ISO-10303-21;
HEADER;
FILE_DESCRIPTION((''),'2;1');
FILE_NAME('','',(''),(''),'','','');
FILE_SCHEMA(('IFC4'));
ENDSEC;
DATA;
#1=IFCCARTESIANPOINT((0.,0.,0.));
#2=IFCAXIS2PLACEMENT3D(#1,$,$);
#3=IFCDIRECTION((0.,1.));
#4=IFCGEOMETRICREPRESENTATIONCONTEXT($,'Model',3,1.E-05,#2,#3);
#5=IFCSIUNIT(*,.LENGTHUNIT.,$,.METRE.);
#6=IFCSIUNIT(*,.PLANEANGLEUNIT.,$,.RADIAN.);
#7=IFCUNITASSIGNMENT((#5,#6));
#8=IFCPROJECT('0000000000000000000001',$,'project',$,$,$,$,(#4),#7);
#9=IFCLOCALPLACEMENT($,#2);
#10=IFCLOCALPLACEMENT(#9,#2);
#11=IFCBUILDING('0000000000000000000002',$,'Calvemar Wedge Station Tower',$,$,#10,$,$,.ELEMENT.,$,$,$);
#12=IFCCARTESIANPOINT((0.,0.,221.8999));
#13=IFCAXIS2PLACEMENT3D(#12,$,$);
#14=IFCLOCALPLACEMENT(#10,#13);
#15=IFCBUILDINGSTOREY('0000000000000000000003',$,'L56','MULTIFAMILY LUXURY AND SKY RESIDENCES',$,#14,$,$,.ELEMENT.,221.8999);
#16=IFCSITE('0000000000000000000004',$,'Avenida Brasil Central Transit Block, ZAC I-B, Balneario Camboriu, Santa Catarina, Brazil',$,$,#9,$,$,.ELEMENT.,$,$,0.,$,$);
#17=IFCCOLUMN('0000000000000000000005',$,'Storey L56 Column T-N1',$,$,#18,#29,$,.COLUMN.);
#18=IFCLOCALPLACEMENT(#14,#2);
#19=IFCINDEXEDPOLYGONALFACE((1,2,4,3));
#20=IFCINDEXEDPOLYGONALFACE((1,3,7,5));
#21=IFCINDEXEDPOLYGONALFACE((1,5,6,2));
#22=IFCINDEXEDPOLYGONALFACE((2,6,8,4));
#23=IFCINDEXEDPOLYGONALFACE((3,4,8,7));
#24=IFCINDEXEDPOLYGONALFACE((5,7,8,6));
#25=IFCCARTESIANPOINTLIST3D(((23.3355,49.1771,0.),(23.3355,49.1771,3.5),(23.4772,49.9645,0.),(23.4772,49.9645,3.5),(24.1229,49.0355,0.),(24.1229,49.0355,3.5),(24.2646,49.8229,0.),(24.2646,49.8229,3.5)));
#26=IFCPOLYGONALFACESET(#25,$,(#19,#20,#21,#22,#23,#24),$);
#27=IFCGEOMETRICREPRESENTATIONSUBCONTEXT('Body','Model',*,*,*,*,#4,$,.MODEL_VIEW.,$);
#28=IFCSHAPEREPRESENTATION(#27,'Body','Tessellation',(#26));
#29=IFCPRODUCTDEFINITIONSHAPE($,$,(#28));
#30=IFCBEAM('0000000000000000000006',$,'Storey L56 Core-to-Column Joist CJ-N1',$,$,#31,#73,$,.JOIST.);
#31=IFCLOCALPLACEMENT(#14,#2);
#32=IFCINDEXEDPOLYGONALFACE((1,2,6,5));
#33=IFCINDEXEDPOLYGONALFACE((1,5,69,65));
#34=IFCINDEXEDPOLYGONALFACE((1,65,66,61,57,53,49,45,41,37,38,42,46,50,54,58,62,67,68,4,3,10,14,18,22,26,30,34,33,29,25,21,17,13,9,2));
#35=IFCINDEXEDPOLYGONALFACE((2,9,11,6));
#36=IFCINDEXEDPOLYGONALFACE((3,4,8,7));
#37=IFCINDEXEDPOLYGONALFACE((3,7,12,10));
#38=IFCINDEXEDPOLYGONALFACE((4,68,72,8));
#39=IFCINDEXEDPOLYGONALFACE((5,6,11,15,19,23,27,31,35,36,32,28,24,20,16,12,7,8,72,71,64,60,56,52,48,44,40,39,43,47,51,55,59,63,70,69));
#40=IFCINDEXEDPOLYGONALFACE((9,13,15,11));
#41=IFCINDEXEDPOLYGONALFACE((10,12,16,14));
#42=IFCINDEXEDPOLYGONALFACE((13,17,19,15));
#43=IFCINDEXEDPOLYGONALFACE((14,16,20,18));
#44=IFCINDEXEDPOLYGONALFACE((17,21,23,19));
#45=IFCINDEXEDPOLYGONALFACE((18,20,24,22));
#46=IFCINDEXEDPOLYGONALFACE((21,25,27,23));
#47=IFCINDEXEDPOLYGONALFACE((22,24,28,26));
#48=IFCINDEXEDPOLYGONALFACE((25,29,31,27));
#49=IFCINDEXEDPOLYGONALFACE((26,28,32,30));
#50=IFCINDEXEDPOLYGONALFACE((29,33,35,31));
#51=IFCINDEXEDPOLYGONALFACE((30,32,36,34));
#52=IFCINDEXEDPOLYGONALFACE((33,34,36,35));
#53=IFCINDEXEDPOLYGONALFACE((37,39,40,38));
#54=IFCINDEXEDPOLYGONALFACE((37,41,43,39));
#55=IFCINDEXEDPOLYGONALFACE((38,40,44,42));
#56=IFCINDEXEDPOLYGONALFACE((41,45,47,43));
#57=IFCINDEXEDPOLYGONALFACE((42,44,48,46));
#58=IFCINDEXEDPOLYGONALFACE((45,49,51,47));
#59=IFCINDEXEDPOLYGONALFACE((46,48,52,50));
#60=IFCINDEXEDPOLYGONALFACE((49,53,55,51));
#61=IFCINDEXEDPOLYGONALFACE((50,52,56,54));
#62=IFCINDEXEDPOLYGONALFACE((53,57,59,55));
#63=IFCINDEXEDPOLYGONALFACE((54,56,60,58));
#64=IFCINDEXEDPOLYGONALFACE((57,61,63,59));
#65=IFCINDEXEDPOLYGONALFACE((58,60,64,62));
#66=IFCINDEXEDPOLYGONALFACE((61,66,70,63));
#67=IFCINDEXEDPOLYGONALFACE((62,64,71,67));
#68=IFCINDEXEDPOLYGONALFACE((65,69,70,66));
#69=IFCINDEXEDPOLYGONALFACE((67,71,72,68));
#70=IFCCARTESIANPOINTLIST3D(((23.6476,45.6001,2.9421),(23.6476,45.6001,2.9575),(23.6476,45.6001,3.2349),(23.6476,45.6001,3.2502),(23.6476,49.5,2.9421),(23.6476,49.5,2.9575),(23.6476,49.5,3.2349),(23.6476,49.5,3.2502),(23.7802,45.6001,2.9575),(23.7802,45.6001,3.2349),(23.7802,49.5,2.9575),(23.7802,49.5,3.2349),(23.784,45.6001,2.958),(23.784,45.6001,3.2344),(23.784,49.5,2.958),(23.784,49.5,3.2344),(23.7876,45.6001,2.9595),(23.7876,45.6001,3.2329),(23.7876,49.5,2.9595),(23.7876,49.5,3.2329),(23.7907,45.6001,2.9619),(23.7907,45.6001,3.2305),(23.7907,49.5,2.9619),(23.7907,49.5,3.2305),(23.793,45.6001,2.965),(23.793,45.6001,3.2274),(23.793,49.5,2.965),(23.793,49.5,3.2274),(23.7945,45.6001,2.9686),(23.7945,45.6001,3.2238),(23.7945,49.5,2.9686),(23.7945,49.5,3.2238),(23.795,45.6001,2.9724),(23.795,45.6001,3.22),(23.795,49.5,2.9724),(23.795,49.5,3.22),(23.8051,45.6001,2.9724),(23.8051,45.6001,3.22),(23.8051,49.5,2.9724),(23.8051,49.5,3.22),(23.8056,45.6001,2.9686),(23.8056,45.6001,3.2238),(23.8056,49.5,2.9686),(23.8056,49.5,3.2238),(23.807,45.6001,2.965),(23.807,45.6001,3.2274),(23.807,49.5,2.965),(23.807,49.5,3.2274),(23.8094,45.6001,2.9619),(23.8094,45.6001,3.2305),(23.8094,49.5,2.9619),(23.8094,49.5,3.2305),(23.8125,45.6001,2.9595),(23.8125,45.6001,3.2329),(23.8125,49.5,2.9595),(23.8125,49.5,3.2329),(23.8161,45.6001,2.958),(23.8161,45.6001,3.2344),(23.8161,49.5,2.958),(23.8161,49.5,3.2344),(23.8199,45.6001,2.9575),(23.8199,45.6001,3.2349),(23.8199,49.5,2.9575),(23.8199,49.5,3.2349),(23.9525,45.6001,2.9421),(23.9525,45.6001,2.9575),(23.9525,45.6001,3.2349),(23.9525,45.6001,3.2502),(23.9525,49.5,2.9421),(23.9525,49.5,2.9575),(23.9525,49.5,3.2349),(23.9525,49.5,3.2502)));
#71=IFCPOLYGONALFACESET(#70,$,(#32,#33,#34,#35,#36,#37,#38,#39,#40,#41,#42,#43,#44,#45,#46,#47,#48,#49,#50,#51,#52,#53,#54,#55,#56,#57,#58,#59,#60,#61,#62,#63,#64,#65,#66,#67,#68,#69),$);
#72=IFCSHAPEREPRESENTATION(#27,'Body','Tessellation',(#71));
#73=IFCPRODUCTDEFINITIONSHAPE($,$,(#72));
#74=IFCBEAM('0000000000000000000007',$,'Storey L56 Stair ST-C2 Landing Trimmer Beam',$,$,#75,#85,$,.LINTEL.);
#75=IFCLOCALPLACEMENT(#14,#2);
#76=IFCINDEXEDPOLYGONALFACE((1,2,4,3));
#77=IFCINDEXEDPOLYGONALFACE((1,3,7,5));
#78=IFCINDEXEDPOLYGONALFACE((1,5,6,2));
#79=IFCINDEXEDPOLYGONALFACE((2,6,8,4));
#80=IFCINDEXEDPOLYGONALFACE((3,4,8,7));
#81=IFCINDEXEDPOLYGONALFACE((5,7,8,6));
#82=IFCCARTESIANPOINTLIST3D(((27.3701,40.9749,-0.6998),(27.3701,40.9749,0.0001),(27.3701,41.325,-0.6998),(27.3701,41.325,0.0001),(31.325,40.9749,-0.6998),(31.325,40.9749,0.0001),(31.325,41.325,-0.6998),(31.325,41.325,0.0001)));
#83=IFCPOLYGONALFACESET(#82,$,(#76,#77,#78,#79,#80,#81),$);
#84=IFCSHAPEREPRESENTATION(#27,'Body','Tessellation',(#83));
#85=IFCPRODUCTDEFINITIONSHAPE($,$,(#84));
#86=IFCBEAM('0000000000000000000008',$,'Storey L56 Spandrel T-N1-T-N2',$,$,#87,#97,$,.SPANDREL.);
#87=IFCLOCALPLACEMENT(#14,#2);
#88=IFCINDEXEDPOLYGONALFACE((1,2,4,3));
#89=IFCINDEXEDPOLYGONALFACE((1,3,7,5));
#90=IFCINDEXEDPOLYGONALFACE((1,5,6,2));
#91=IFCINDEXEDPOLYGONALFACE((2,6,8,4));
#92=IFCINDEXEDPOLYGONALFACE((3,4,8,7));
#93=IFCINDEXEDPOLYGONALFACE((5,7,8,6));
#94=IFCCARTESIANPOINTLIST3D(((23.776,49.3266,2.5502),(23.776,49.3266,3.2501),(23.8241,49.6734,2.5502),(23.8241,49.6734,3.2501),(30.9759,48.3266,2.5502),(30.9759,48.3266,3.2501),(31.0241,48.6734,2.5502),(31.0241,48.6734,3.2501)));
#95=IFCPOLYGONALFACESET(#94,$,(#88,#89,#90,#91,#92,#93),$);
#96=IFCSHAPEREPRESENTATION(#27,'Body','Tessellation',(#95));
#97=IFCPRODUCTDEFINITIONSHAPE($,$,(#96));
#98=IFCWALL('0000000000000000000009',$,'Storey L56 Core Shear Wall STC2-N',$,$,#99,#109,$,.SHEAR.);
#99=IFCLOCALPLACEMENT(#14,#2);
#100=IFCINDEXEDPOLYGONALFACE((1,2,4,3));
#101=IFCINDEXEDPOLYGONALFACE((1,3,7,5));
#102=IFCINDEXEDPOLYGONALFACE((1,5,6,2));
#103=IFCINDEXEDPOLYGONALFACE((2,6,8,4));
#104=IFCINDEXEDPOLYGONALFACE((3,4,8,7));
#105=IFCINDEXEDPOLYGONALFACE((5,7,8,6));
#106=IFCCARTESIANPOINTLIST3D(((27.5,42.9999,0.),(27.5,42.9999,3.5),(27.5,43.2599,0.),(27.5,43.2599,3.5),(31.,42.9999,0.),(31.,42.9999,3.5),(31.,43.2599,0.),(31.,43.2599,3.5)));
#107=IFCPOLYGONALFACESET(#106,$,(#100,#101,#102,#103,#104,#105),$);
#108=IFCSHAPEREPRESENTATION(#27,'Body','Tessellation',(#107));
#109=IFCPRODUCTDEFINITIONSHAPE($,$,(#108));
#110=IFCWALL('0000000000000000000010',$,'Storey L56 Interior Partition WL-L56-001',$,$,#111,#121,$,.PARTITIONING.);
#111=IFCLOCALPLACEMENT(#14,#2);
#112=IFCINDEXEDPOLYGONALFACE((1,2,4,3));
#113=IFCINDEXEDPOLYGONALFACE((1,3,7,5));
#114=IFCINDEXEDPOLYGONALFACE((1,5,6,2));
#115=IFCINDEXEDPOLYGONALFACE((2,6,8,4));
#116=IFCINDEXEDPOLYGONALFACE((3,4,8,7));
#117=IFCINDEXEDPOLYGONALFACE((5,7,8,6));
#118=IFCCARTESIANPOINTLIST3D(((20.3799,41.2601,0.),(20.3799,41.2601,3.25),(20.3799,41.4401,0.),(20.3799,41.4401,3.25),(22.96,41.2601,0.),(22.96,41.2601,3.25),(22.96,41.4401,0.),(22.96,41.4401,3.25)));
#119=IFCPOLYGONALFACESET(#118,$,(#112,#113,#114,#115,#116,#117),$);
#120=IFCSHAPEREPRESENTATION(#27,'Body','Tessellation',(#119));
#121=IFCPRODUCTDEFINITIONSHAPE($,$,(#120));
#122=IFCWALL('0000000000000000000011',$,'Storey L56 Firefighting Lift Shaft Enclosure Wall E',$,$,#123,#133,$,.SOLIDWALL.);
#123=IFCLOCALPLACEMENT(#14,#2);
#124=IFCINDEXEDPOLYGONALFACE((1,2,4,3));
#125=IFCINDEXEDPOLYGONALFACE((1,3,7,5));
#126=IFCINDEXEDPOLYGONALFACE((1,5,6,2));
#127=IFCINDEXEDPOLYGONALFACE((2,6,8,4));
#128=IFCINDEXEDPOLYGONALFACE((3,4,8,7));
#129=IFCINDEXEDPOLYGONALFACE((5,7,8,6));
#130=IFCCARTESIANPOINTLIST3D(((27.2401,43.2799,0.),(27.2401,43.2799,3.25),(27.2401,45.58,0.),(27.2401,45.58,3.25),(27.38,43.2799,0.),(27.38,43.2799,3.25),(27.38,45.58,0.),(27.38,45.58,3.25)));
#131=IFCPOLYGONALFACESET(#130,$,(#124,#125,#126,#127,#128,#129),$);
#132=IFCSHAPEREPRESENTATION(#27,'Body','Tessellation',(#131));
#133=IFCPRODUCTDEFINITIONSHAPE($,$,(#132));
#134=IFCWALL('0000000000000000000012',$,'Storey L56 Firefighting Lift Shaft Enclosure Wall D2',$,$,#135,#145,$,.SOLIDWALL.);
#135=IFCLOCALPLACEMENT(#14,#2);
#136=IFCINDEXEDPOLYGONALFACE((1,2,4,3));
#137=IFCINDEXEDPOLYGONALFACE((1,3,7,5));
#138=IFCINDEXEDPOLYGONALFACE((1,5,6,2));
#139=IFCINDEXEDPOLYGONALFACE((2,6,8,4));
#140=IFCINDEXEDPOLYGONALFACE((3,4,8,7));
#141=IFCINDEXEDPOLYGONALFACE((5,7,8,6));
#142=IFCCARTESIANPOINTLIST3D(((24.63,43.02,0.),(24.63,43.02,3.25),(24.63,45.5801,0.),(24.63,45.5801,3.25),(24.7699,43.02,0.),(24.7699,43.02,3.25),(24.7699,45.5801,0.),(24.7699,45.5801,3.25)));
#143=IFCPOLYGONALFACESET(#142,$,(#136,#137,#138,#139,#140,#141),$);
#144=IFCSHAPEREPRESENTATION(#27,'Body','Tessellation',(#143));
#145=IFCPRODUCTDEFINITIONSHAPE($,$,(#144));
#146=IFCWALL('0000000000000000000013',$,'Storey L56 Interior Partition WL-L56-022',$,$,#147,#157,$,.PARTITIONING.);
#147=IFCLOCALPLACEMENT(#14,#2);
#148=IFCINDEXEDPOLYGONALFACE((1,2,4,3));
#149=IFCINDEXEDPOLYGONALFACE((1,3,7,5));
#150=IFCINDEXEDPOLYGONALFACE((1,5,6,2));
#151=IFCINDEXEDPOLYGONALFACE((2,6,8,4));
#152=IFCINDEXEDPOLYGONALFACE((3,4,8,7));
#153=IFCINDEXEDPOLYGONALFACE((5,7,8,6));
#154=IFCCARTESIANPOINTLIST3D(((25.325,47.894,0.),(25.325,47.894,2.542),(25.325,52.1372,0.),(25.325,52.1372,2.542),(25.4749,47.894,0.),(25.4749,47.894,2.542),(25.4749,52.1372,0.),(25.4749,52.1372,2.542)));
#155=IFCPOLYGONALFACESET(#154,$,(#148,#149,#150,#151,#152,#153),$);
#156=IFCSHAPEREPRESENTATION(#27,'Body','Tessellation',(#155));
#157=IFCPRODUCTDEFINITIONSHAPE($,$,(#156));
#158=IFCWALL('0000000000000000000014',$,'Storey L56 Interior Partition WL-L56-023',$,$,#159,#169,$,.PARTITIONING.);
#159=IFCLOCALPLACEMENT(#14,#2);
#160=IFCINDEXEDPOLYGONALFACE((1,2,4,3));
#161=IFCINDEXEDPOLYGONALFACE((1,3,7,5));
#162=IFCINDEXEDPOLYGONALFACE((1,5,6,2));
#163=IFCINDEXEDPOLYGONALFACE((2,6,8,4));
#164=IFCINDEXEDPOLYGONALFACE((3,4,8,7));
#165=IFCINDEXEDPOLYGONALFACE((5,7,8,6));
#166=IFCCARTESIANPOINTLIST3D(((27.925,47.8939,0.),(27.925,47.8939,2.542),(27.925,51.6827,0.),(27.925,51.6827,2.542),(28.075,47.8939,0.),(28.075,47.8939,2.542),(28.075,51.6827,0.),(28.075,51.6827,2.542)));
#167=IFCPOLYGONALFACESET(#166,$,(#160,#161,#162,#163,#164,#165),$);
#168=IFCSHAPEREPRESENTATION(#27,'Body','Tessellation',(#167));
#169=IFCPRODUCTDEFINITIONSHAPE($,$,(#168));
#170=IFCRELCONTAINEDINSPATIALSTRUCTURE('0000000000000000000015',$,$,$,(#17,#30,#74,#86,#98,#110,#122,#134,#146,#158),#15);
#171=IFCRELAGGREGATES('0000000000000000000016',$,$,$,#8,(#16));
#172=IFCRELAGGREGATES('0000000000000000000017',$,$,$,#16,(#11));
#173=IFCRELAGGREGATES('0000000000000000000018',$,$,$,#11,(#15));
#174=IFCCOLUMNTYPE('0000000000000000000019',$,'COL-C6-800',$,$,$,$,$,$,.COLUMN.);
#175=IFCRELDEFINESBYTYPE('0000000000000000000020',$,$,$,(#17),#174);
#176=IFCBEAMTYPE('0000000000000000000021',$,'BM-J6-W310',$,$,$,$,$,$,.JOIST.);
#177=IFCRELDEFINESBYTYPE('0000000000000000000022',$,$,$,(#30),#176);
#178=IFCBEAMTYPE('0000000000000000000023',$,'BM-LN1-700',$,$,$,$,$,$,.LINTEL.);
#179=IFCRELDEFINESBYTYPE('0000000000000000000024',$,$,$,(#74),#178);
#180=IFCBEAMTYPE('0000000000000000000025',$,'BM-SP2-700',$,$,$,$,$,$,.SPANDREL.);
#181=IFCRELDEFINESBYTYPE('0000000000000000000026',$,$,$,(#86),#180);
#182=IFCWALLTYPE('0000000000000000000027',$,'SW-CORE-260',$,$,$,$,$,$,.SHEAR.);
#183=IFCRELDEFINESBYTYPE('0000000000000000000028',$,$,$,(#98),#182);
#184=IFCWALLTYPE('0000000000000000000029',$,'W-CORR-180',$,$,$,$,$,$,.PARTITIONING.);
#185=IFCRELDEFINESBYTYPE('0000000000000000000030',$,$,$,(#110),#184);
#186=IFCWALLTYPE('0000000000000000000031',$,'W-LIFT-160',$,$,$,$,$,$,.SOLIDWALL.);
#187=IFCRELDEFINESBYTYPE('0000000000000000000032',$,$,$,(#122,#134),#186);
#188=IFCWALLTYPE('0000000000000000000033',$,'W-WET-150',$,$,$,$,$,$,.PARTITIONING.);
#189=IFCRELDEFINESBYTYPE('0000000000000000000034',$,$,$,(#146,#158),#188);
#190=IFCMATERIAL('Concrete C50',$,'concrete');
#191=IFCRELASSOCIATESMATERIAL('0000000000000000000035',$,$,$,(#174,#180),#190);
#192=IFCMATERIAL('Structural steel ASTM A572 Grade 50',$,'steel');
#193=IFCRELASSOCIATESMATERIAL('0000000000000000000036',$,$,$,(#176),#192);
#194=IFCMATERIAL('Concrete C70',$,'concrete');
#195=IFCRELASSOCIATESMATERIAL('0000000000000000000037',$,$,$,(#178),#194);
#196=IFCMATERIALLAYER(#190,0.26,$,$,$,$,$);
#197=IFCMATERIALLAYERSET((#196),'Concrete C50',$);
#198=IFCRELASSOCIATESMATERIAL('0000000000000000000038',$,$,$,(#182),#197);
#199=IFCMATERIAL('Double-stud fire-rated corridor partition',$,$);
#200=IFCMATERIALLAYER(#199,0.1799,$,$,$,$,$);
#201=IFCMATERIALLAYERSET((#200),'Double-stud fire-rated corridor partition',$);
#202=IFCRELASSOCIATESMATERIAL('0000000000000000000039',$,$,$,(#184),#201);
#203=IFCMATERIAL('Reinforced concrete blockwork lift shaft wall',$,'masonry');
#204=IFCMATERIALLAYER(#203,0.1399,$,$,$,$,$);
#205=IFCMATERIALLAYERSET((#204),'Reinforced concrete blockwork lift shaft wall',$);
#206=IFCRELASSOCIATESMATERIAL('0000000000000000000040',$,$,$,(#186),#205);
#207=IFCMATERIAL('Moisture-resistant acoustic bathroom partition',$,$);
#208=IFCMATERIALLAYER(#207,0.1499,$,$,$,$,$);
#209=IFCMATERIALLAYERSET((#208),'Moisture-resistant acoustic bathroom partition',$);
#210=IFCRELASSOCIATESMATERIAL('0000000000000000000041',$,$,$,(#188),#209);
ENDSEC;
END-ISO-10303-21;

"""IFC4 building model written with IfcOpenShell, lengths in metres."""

from ifc_helpers import new_model, si_unit, direction, frame, frame_2d, origin, origin_2d, place, context, subcontext, project, spatial, rectangle, i_section, extrude, source, transform, mapped, material, layer, layer_set, material_profile, profile_set, type_object, element, save


model = new_model("IFC4")

# Units and contexts
model_context = context("Model", 3, precision=1e-05, world=origin(), true_north=direction((0.0, 1.0)))
body_context = subcontext(model_context, "Body", "Model", "MODEL_VIEW")
ifc_project = project(units=[si_unit("LENGTHUNIT", "METRE"), si_unit("PLANEANGLEUNIT", "RADIAN")], contexts=[model_context])

# Site, building, storey
site_placement = place(None, origin())
site = spatial("IfcSite", under=ifc_project, at=site_placement, Name="Avenida Brasil Central Transit Block, ZAC I-B, Balneario Camboriu, Santa Catarina, Brazil", CompositionType="ELEMENT", RefElevation=0.0)
building_placement = place(site_placement, origin())
building = spatial("IfcBuilding", under=site, at=building_placement, Name="Calvemar Wedge Station Tower", CompositionType="ELEMENT")
storey_placement = place(building_placement, frame((0.0, 0.0, 221.8999)))
storey = spatial("IfcBuildingStorey", under=building, at=storey_placement, Name="L56", Description="MULTIFAMILY LUXURY AND SKY RESIDENCES", CompositionType="ELEMENT", Elevation=221.8999)

# Column
ifc_material_1 = material(Name="Concrete C50", Category="concrete")
ifc_material_profile_1 = material_profile(ifc_material_1, rectangle(XDim=0.8, YDim=0.8, at=origin_2d()), Name="RC800x800")
ifc_profile_set_1 = profile_set([ifc_material_profile_1], Name="Concrete C50")
column_type = type_object("IfcColumnType", Name="COL-C6-800", PredefinedType="COLUMN", material=ifc_profile_set_1)
shared_shape_1 = source(origin(), body_context, "Body", "SweptSolid", [
    extrude(rectangle(XDim=0.8, YDim=0.8, at=origin_2d()), origin(), (0.0, 0.0, 1.0), 3.5),
])
column_placement = place(storey_placement, frame((23.8, 49.5, 0.0), z_axis=(0.0, 0.0, 1.0), x_axis=(0.984196, -0.177085, 0.0)))
element("IfcColumn", 1, at=column_placement, inside=storey, type_object=column_type, Name="Storey L56 Column T-N1", PredefinedType="COLUMN", context=body_context, shape_type="MappedRepresentation", body=[
    mapped(shared_shape_1, transform((0.0, 0.0, 0.0), scale=1.0)),
])

# Beams
ifc_material_2 = material(Name="Structural steel ASTM A572 Grade 50", Category="steel")
ifc_material_profile_2 = material_profile(ifc_material_2, i_section(OverallWidth=0.3049, OverallDepth=0.3081, WebThickness=0.01, FlangeThickness=0.0154, FilletRadius=0.0149, at=origin_2d()), Name="W310x97")
ifc_profile_set_2 = profile_set([ifc_material_profile_2], Name="Structural steel ASTM A572 Grade 50")
beam_type_1 = type_object("IfcBeamType", Name="BM-J6-W310", PredefinedType="JOIST", material=ifc_profile_set_2)
shared_shape_2 = source(origin(), body_context, "Body", "SweptSolid", [
    extrude(i_section(OverallWidth=0.3049, OverallDepth=0.3081, WebThickness=0.01, FlangeThickness=0.0154, FilletRadius=0.0149, at=origin_2d()), origin(), (0.0, 0.0, 1.0), 3.8999),
])
beam_1_placement = place(storey_placement, frame((23.8, 45.6001, 3.0962), z_axis=(0.0, 1.0, 0.0), x_axis=(-1.0, 0.0, 0.0)))
element("IfcBeam", 2, at=beam_1_placement, inside=storey, type_object=beam_type_1, Name="Storey L56 Core-to-Column Joist CJ-N1", PredefinedType="JOIST", context=body_context, shape_type="MappedRepresentation", body=[
    mapped(shared_shape_2, transform((0.0, 0.0, 0.0), scale=1.0)),
])
ifc_material_3 = material(Name="Concrete C70", Category="concrete")
ifc_material_profile_3 = material_profile(ifc_material_3, rectangle(XDim=0.3501, YDim=0.7, at=origin_2d()), Name="RC350x700")
ifc_profile_set_3 = profile_set([ifc_material_profile_3], Name="Concrete C70")
beam_type_2 = type_object("IfcBeamType", Name="BM-LN1-700", PredefinedType="LINTEL", material=ifc_profile_set_3)
shared_shape_3 = source(origin(), body_context, "Body", "SweptSolid", [
    extrude(rectangle(XDim=0.3501, YDim=0.7, at=origin_2d()), origin(), (0.0, 0.0, 1.0), 3.9548),
])
beam_2_placement = place(storey_placement, frame((27.3701, 41.1499, -0.3499), z_axis=(1.0, 0.0, 0.0), x_axis=(0.0, 1.0, 0.0)))
element("IfcBeam", 3, at=beam_2_placement, inside=storey, type_object=beam_type_2, Name="Storey L56 Stair ST-C2 Landing Trimmer Beam", PredefinedType="LINTEL", context=body_context, shape_type="MappedRepresentation", body=[
    mapped(shared_shape_3, transform((0.0, 0.0, 0.0), scale=1.0)),
])
ifc_material_profile_4 = material_profile(ifc_material_1, rectangle(XDim=0.3501, YDim=0.7, at=origin_2d()), Name="RC350x700")
ifc_profile_set_4 = profile_set([ifc_material_profile_4], Name="Concrete C50")
beam_type_3 = type_object("IfcBeamType", Name="BM-SP2-700", PredefinedType="SPANDREL", material=ifc_profile_set_4)
shared_shape_4 = source(origin(), body_context, "Body", "SweptSolid", [
    extrude(rectangle(XDim=0.3501, YDim=0.7, at=origin_2d()), origin(), (0.0, 0.0, 1.0), 7.269),
])
beam_3_placement = place(storey_placement, frame((23.8, 49.5, 2.9001), z_axis=(0.990492, -0.137569, 0.0), x_axis=(0.137569, 0.990492, 0.0)))
element("IfcBeam", 4, at=beam_3_placement, inside=storey, type_object=beam_type_3, Name="Storey L56 Spandrel T-N1-T-N2", PredefinedType="SPANDREL", context=body_context, shape_type="MappedRepresentation", body=[
    mapped(shared_shape_4, transform((0.0, 0.0, 0.0), scale=1.0)),
])

# Walls
ifc_layer_1 = layer(ifc_material_1, 0.26)
ifc_layer_set_1 = layer_set([ifc_layer_1], Name="Concrete C50")
wall_type_1 = type_object("IfcWallType", Name="SW-CORE-260", PredefinedType="SHEAR", material=ifc_layer_set_1)
wall_1_placement = place(storey_placement, frame((27.5, 43.1299, 0.0), z_axis=(0.0, 0.0, 1.0), x_axis=(1.0, 0.0, 0.0)))
element("IfcWall", 5, at=wall_1_placement, inside=storey, type_object=wall_type_1, Name="Storey L56 Core Shear Wall STC2-N", PredefinedType="SHEAR", context=body_context, shape_type="SweptSolid", body=[
    extrude(rectangle(XDim=3.5, YDim=0.26, at=frame_2d((1.75, 0.0))), origin(), (0.0, 0.0, 1.0), 3.5),
])
ifc_material_4 = material(Name="Double-stud fire-rated corridor partition")
ifc_layer_2 = layer(ifc_material_4, 0.1799)
ifc_layer_set_2 = layer_set([ifc_layer_2], Name="Double-stud fire-rated corridor partition")
wall_type_2 = type_object("IfcWallType", Name="W-CORR-180", PredefinedType="PARTITIONING", material=ifc_layer_set_2)
wall_2_placement = place(storey_placement, frame((22.96, 41.3501, 0.0), z_axis=(0.0, 0.0, 1.0), x_axis=(-1.0, 0.0, 0.0)))
element("IfcWall", 6, at=wall_2_placement, inside=storey, type_object=wall_type_2, Name="Storey L56 Interior Partition WL-L56-001", PredefinedType="PARTITIONING", context=body_context, shape_type="SweptSolid", body=[
    extrude(rectangle(XDim=2.5801, YDim=0.1799, at=frame_2d((1.29, 0.0))), origin(), (0.0, 0.0, 1.0), 3.25),
])

# Walls
ifc_material_5 = material(Name="Reinforced concrete blockwork lift shaft wall", Category="masonry")
ifc_layer_3 = layer(ifc_material_5, 0.1399)
ifc_layer_set_3 = layer_set([ifc_layer_3], Name="Reinforced concrete blockwork lift shaft wall")
wall_type_3 = type_object("IfcWallType", Name="W-LIFT-160", PredefinedType="SOLIDWALL", material=ifc_layer_set_3)
wall_3_placement = place(storey_placement, frame((27.3101, 43.28, 0.0), z_axis=(0.0, 0.0, 1.0), x_axis=(0.0, 1.0, 0.0)))
element("IfcWall", 7, at=wall_3_placement, inside=storey, type_object=wall_type_3, Name="Storey L56 Firefighting Lift Shaft Enclosure Wall E", PredefinedType="SOLIDWALL", context=body_context, shape_type="SweptSolid", body=[
    extrude(rectangle(XDim=2.3, YDim=0.1399, at=frame_2d((1.1499, 0.0))), origin(), (0.0, 0.0, 1.0), 3.25),
])
wall_4_placement = place(storey_placement, frame((24.7, 43.02, 0.0), z_axis=(0.0, 0.0, 1.0), x_axis=(0.0, 1.0, 0.0)))
element("IfcWall", 8, at=wall_4_placement, inside=storey, type_object=wall_type_3, Name="Storey L56 Firefighting Lift Shaft Enclosure Wall D2", PredefinedType="SOLIDWALL", context=body_context, shape_type="SweptSolid", body=[
    extrude(rectangle(XDim=2.5601, YDim=0.1399, at=frame_2d((1.28, 0.0))), origin(), (0.0, 0.0, 1.0), 3.25),
])
ifc_material_6 = material(Name="Moisture-resistant acoustic bathroom partition")
ifc_layer_4 = layer(ifc_material_6, 0.1499)
ifc_layer_set_4 = layer_set([ifc_layer_4], Name="Moisture-resistant acoustic bathroom partition")
wall_type_4 = type_object("IfcWallType", Name="W-WET-150", PredefinedType="PARTITIONING", material=ifc_layer_set_4)
wall_5_placement = place(storey_placement, frame((25.3999, 52.1372, 0.0), z_axis=(0.0, 0.0, 1.0), x_axis=(0.0, -1.0, 0.0)))
element("IfcWall", 9, at=wall_5_placement, inside=storey, type_object=wall_type_4, Name="Storey L56 Interior Partition WL-L56-022", PredefinedType="PARTITIONING", context=body_context, shape_type="SweptSolid", body=[
    extrude(rectangle(XDim=4.2432, YDim=0.1499, at=frame_2d((2.1216, 0.0))), origin(), (0.0, 0.0, 1.0), 2.542),
])
wall_6_placement = place(storey_placement, frame((28.0, 51.6829, 0.0), z_axis=(0.0, 0.0, 1.0), x_axis=(0.0, -1.0, 0.0)))
element("IfcWall", 10, at=wall_6_placement, inside=storey, type_object=wall_type_4, Name="Storey L56 Interior Partition WL-L56-023", PredefinedType="PARTITIONING", context=body_context, shape_type="SweptSolid", body=[
    extrude(rectangle(XDim=3.7888, YDim=0.1499, at=frame_2d((1.8945, 0.0))), origin(), (0.0, 0.0, 1.0), 2.542),
])

save(model, "model.ifc")
